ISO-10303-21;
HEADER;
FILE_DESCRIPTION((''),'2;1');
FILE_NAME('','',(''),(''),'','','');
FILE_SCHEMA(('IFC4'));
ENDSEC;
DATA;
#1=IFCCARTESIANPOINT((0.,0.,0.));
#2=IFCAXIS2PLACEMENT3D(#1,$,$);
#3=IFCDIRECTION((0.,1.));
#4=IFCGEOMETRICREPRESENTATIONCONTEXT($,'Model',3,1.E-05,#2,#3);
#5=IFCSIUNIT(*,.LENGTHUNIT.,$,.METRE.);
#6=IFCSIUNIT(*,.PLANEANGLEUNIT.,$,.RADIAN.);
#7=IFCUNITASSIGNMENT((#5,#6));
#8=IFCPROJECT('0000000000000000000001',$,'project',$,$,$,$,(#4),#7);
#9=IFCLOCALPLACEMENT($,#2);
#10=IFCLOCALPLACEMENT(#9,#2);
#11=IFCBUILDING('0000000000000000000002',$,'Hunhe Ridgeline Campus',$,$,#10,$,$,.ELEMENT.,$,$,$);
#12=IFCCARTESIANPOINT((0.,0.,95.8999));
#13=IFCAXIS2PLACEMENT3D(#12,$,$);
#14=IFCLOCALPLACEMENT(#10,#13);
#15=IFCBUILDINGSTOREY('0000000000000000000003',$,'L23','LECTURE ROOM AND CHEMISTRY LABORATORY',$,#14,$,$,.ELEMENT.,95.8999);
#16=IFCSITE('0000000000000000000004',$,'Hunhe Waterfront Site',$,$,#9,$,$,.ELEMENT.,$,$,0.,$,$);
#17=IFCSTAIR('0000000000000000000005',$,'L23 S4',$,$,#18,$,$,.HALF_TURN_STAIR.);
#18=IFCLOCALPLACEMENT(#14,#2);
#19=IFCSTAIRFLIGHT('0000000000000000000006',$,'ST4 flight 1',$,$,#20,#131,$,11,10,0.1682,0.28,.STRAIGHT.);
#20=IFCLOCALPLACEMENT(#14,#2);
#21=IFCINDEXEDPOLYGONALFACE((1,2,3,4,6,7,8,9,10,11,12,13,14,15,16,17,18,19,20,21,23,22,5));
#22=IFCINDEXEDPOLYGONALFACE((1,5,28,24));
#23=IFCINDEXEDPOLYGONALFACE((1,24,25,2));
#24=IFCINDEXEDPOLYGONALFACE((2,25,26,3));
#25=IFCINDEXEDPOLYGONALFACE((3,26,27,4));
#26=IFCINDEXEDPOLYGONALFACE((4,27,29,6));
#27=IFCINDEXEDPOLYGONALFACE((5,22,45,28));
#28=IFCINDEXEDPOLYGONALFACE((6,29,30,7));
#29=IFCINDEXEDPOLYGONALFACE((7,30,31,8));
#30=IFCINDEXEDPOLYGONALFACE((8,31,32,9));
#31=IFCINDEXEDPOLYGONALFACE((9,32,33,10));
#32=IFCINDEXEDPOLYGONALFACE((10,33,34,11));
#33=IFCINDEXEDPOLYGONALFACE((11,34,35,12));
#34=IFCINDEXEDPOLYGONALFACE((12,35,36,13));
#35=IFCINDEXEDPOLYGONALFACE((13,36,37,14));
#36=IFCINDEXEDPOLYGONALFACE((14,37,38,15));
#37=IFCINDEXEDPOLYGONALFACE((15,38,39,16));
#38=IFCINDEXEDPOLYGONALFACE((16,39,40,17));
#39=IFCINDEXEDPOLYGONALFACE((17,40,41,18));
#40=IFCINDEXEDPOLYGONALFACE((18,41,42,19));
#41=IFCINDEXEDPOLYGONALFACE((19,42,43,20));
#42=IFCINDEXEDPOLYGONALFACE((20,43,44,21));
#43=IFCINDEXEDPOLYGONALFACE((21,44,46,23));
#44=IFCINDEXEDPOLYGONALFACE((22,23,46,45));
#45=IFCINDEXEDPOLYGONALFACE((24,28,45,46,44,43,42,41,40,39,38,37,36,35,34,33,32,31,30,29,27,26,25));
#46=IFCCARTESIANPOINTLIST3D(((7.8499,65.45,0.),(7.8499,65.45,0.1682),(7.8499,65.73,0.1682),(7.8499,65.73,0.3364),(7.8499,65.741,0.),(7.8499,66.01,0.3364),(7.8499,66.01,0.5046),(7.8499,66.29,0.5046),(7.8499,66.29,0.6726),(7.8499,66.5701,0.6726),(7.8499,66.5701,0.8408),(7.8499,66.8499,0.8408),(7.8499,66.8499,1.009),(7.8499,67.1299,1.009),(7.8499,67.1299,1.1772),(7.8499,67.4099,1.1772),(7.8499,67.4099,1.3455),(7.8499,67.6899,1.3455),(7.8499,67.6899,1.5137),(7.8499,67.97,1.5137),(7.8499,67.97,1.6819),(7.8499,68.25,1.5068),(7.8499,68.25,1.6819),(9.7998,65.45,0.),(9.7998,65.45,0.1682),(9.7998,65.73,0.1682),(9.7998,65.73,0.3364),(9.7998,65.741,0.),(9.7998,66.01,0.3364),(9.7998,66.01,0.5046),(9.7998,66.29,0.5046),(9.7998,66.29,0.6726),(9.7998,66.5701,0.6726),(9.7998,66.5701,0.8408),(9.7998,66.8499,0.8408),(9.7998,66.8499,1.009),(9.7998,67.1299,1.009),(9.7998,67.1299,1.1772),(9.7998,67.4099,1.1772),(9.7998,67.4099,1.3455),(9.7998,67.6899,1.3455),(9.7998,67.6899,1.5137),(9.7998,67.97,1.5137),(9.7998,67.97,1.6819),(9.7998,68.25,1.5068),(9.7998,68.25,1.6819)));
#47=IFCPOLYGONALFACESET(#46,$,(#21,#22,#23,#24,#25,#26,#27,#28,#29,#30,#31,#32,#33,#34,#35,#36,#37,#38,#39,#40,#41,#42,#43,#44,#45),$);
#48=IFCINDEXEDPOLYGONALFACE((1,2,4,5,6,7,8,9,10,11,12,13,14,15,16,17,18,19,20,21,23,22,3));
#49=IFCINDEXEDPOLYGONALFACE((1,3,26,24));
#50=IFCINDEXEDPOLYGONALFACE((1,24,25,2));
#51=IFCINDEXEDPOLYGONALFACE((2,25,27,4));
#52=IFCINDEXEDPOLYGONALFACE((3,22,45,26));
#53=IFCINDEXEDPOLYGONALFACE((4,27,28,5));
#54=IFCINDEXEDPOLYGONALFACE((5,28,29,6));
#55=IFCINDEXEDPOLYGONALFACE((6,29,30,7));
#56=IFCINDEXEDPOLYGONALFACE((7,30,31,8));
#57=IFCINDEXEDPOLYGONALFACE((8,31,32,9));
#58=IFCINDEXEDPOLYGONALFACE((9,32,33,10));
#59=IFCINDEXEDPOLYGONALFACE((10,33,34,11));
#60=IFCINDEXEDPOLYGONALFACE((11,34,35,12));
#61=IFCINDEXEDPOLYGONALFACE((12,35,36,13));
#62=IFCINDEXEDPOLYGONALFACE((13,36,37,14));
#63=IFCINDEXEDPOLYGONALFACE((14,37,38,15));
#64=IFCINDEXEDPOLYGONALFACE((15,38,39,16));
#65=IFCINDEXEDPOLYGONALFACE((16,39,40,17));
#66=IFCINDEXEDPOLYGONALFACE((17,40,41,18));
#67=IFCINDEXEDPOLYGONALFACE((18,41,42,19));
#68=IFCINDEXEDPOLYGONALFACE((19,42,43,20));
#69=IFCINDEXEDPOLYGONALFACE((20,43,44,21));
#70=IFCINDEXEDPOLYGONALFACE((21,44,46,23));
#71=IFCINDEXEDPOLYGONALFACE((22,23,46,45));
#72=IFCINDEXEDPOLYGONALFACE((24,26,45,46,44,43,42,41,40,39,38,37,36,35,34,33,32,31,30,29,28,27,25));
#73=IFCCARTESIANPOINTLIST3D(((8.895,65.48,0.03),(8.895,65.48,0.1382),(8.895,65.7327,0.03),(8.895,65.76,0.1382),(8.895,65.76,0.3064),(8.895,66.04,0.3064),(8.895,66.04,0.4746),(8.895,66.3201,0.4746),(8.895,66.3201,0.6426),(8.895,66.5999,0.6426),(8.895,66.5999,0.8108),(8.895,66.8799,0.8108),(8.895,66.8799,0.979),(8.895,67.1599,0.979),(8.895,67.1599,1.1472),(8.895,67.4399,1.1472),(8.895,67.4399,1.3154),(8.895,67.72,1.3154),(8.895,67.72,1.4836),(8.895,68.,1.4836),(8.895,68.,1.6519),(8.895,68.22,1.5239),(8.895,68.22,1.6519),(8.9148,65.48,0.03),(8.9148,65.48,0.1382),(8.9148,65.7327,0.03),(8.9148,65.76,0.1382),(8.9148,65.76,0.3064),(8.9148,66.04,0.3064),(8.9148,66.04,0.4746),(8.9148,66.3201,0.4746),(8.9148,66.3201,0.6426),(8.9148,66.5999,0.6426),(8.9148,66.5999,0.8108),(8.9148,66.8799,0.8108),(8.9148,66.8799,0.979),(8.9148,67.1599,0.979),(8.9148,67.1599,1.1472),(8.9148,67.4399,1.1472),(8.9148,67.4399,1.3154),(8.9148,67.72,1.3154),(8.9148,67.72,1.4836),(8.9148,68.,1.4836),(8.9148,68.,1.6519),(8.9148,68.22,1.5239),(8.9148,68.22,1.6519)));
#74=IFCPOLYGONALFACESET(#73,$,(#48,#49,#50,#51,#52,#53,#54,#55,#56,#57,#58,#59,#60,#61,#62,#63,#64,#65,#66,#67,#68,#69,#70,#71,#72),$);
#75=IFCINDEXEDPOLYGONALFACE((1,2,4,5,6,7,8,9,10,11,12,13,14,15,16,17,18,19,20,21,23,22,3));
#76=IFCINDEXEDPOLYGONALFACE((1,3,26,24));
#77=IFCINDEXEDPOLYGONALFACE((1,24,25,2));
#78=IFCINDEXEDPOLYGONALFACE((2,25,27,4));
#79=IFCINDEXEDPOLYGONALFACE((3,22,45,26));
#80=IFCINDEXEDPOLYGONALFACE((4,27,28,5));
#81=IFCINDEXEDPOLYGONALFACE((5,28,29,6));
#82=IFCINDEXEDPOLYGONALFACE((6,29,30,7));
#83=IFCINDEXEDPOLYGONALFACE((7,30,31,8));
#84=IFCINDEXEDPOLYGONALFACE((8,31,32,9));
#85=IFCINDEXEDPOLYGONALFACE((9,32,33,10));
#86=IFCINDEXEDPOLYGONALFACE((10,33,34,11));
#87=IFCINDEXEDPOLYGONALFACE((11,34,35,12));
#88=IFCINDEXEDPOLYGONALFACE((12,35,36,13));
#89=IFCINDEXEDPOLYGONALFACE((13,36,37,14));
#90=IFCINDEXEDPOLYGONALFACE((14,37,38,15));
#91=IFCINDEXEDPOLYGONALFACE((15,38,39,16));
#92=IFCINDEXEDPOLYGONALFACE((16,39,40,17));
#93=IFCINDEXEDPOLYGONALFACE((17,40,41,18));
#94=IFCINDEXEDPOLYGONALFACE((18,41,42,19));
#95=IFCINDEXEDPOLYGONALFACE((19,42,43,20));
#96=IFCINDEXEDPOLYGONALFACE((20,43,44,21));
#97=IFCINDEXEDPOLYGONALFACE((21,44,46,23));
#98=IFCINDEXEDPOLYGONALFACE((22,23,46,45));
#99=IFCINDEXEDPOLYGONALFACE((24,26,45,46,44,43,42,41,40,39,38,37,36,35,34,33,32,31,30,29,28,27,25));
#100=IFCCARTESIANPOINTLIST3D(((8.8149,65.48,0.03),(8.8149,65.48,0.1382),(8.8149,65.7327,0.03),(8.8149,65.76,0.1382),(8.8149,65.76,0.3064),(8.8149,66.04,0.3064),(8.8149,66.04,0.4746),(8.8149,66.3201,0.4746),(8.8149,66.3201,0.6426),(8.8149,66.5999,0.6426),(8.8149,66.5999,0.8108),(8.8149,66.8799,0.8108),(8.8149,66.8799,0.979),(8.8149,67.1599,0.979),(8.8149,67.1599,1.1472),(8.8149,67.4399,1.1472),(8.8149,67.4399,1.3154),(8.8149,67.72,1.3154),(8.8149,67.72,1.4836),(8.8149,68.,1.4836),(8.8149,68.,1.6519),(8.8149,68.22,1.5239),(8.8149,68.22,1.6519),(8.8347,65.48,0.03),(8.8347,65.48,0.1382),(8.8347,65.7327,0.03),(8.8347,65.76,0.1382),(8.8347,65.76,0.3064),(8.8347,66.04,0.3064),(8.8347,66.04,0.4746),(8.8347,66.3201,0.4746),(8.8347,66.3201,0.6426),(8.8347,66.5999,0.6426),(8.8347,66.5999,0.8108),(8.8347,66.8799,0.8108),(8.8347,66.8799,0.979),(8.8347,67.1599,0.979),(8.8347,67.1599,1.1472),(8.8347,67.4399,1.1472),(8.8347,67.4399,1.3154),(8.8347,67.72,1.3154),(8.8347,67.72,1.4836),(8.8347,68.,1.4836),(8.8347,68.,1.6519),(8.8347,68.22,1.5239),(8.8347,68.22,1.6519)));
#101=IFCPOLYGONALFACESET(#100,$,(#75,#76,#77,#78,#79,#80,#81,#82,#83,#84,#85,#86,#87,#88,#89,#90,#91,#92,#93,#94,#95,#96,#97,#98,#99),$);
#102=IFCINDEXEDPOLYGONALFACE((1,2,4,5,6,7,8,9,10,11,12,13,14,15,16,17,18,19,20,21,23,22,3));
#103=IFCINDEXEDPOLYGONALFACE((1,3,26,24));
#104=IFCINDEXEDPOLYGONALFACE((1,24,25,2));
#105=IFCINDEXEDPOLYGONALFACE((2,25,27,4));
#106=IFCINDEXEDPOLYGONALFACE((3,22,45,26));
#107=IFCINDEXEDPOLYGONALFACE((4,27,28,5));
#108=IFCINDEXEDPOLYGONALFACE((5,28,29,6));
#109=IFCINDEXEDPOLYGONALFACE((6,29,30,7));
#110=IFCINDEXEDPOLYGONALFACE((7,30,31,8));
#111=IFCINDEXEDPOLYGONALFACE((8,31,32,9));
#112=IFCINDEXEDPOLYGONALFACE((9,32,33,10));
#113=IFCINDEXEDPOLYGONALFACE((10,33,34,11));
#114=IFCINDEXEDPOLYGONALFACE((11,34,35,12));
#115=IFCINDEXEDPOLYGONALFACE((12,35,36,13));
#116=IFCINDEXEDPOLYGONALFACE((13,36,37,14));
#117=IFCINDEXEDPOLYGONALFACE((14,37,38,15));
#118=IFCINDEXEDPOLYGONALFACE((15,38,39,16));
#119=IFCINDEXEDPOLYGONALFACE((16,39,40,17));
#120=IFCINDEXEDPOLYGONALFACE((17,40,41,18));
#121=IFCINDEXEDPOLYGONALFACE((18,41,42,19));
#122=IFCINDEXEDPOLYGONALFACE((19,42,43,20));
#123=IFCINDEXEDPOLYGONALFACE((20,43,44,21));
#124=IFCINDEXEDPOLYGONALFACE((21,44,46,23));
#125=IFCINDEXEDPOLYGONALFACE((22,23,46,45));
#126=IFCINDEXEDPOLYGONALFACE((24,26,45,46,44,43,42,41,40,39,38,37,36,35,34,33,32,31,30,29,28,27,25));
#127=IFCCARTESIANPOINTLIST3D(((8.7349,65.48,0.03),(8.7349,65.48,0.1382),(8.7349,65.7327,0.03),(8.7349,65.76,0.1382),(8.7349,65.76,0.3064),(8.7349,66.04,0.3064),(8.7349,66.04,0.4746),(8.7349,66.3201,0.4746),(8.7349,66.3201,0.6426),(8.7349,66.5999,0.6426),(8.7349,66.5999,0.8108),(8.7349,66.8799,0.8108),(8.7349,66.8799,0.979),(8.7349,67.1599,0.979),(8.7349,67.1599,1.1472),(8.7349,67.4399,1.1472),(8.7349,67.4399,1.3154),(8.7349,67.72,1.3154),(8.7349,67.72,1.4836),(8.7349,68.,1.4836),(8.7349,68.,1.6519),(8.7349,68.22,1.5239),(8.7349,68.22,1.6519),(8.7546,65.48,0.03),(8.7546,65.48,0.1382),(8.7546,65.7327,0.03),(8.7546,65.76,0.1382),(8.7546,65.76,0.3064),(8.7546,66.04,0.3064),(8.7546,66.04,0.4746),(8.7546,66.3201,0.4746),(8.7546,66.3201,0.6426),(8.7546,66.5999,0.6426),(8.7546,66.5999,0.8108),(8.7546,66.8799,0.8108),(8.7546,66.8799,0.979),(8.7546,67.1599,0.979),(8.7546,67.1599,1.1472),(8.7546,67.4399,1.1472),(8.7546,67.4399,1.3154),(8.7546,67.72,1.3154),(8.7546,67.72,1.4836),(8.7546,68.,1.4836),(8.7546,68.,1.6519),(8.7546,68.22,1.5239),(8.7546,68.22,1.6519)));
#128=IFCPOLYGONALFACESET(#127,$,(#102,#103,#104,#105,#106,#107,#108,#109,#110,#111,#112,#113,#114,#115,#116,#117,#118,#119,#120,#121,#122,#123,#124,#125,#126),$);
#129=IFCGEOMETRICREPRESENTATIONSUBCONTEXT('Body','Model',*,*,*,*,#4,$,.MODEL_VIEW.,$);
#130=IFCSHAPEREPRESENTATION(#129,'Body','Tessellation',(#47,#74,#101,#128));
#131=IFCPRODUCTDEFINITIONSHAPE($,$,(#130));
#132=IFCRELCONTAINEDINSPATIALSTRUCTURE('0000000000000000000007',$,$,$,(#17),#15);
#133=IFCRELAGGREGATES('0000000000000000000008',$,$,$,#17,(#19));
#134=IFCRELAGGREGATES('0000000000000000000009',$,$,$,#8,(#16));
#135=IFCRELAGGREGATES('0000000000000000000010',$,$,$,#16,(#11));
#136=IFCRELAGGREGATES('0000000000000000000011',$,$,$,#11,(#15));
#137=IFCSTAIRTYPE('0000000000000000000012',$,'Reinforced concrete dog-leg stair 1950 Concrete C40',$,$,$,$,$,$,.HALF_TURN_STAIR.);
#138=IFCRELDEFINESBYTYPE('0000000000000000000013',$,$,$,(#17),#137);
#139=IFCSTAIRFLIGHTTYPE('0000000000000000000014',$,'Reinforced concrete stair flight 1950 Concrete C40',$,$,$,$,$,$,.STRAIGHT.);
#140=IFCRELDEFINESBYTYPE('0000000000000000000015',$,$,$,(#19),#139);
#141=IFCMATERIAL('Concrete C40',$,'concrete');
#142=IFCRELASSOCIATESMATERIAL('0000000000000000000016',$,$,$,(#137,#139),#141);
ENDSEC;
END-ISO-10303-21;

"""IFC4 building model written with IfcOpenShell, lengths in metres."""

from ifc_helpers import new_model, si_unit, direction, frame, origin, place, context, subcontext, project, spatial, polyline, outline, extrude, material, type_object, element, aggregate, save


model = new_model("IFC4")

# Units and contexts
model_context = context("Model", 3, precision=1e-05, world=origin(), true_north=direction((0.0, 1.0)))
body_context = subcontext(model_context, "Body", "Model", "MODEL_VIEW")
ifc_project = project(units=[si_unit("LENGTHUNIT", "METRE"), si_unit("PLANEANGLEUNIT", "RADIAN")], contexts=[model_context])

# Site, building, storey
site_placement = place(None, origin())
site = spatial("IfcSite", under=ifc_project, at=site_placement, Name="Hunhe Waterfront Site", CompositionType="ELEMENT", RefElevation=0.0)
building_placement = place(site_placement, origin())
building = spatial("IfcBuilding", under=site, at=building_placement, Name="Hunhe Ridgeline Campus", CompositionType="ELEMENT")
storey_placement = place(building_placement, frame((0.0, 0.0, 95.8999)))
storey = spatial("IfcBuildingStorey", under=building, at=storey_placement, Name="L23", Description="LECTURE ROOM AND CHEMISTRY LABORATORY", CompositionType="ELEMENT", Elevation=95.8999)

# Stair, stair flight
ifc_material_1 = material(Name="Concrete C40", Category="concrete")
stair_type = type_object("IfcStairType", Name="Reinforced concrete dog-leg stair 1950 Concrete C40", PredefinedType="HALF_TURN_STAIR", material=ifc_material_1)
stair_flight_type = type_object("IfcStairFlightType", Name="Reinforced concrete stair flight 1950 Concrete C40", PredefinedType="STRAIGHT", material=ifc_material_1)
stair_1_placement = place(storey_placement, origin())
stair_1 = element("IfcStair", 1, at=stair_1_placement, inside=storey, type_object=stair_type, Name="L23 S4", PredefinedType="HALF_TURN_STAIR")
stair_flight_1_placement = place(storey_placement, frame((8.825, 65.45, 0.0), z_axis=(0.0, 0.0, 1.0), x_axis=(0.0, 1.0, 0.0)))
stair_flight_1 = element("IfcStairFlight", 2, at=stair_flight_1_placement, type_object=stair_flight_type, Name="ST4 flight 1", NumberOfRisers=11, NumberOfTreads=10, PredefinedType="STRAIGHT", RiserHeight=0.1682, TreadLength=0.28, context=body_context, shape_type="SweptSolid", body=[
    extrude(outline(polyline([(0.0, 0.0), (0.0, 0.1682), (0.28, 0.1682), (0.28, 0.3364), (0.5601, 0.3364), (0.5601, 0.5046), (0.8401, 0.5046), (0.8401, 0.6726), (1.1201, 0.6726), (1.1201, 0.8408), (1.3999, 0.8408), (1.3999, 1.009), (1.6799, 1.009), (1.6799, 1.1772), (1.96, 1.1772), (1.96, 1.3455), (2.24, 1.3455), (2.24, 1.5137), (2.52, 1.5137), (2.52, 1.6819), (2.8, 1.6819), (2.8, 1.8501), (2.8, 1.5068), (0.291, 0.0), (0.0, 0.0)])), frame((0.0, 0.9751, 0.0), z_axis=(0.0, -1.0, 0.0), x_axis=(1.0, 0.0, 0.0)), (0.0, 0.0, 1.0), 1.95),
    extrude(outline(polyline([(0.03, 0.03), (0.03, 0.1382), (0.3101, 0.1382), (0.3101, 0.3064), (0.5901, 0.3064), (0.5901, 0.4746), (0.8701, 0.4746), (0.8701, 0.6426), (1.1499, 0.6426), (1.1499, 0.8108), (1.4299, 0.8108), (1.4299, 0.979), (1.71, 0.979), (1.71, 1.1472), (1.99, 1.1472), (1.99, 1.3154), (2.27, 1.3154), (2.27, 1.4836), (2.55, 1.4836), (2.55, 1.6519), (2.77, 1.6519), (2.77, 1.5239), (0.2827, 0.03), (0.03, 0.03)])), frame((0.0, -0.0701, 0.0), z_axis=(0.0, -1.0, 0.0), x_axis=(1.0, 0.0, 0.0)), (0.0, 0.0, 1.0), 0.0198),
    extrude(outline(polyline([(0.03, 0.03), (0.03, 0.1382), (0.3101, 0.1382), (0.3101, 0.3064), (0.5901, 0.3064), (0.5901, 0.4746), (0.8701, 0.4746), (0.8701, 0.6426), (1.1499, 0.6426), (1.1499, 0.8108), (1.4299, 0.8108), (1.4299, 0.979), (1.71, 0.979), (1.71, 1.1472), (1.99, 1.1472), (1.99, 1.3154), (2.27, 1.3154), (2.27, 1.4836), (2.55, 1.4836), (2.55, 1.6519), (2.77, 1.6519), (2.77, 1.5239), (0.2827, 0.03), (0.03, 0.03)])), frame((0.0, 0.01, 0.0), z_axis=(0.0, -1.0, 0.0), x_axis=(1.0, 0.0, 0.0)), (0.0, 0.0, 1.0), 0.0198),
    extrude(outline(polyline([(0.03, 0.03), (0.03, 0.1382), (0.3101, 0.1382), (0.3101, 0.3064), (0.5901, 0.3064), (0.5901, 0.4746), (0.8701, 0.4746), (0.8701, 0.6426), (1.1499, 0.6426), (1.1499, 0.8108), (1.4299, 0.8108), (1.4299, 0.979), (1.71, 0.979), (1.71, 1.1472), (1.99, 1.1472), (1.99, 1.3154), (2.27, 1.3154), (2.27, 1.4836), (2.55, 1.4836), (2.55, 1.6519), (2.77, 1.6519), (2.77, 1.5239), (0.2827, 0.03), (0.03, 0.03)])), frame((0.0, 0.0901, 0.0), z_axis=(0.0, -1.0, 0.0), x_axis=(1.0, 0.0, 0.0)), (0.0, 0.0, 1.0), 0.0198),
])
aggregate(stair_1, [stair_flight_1])

save(model, "model.ifc")
